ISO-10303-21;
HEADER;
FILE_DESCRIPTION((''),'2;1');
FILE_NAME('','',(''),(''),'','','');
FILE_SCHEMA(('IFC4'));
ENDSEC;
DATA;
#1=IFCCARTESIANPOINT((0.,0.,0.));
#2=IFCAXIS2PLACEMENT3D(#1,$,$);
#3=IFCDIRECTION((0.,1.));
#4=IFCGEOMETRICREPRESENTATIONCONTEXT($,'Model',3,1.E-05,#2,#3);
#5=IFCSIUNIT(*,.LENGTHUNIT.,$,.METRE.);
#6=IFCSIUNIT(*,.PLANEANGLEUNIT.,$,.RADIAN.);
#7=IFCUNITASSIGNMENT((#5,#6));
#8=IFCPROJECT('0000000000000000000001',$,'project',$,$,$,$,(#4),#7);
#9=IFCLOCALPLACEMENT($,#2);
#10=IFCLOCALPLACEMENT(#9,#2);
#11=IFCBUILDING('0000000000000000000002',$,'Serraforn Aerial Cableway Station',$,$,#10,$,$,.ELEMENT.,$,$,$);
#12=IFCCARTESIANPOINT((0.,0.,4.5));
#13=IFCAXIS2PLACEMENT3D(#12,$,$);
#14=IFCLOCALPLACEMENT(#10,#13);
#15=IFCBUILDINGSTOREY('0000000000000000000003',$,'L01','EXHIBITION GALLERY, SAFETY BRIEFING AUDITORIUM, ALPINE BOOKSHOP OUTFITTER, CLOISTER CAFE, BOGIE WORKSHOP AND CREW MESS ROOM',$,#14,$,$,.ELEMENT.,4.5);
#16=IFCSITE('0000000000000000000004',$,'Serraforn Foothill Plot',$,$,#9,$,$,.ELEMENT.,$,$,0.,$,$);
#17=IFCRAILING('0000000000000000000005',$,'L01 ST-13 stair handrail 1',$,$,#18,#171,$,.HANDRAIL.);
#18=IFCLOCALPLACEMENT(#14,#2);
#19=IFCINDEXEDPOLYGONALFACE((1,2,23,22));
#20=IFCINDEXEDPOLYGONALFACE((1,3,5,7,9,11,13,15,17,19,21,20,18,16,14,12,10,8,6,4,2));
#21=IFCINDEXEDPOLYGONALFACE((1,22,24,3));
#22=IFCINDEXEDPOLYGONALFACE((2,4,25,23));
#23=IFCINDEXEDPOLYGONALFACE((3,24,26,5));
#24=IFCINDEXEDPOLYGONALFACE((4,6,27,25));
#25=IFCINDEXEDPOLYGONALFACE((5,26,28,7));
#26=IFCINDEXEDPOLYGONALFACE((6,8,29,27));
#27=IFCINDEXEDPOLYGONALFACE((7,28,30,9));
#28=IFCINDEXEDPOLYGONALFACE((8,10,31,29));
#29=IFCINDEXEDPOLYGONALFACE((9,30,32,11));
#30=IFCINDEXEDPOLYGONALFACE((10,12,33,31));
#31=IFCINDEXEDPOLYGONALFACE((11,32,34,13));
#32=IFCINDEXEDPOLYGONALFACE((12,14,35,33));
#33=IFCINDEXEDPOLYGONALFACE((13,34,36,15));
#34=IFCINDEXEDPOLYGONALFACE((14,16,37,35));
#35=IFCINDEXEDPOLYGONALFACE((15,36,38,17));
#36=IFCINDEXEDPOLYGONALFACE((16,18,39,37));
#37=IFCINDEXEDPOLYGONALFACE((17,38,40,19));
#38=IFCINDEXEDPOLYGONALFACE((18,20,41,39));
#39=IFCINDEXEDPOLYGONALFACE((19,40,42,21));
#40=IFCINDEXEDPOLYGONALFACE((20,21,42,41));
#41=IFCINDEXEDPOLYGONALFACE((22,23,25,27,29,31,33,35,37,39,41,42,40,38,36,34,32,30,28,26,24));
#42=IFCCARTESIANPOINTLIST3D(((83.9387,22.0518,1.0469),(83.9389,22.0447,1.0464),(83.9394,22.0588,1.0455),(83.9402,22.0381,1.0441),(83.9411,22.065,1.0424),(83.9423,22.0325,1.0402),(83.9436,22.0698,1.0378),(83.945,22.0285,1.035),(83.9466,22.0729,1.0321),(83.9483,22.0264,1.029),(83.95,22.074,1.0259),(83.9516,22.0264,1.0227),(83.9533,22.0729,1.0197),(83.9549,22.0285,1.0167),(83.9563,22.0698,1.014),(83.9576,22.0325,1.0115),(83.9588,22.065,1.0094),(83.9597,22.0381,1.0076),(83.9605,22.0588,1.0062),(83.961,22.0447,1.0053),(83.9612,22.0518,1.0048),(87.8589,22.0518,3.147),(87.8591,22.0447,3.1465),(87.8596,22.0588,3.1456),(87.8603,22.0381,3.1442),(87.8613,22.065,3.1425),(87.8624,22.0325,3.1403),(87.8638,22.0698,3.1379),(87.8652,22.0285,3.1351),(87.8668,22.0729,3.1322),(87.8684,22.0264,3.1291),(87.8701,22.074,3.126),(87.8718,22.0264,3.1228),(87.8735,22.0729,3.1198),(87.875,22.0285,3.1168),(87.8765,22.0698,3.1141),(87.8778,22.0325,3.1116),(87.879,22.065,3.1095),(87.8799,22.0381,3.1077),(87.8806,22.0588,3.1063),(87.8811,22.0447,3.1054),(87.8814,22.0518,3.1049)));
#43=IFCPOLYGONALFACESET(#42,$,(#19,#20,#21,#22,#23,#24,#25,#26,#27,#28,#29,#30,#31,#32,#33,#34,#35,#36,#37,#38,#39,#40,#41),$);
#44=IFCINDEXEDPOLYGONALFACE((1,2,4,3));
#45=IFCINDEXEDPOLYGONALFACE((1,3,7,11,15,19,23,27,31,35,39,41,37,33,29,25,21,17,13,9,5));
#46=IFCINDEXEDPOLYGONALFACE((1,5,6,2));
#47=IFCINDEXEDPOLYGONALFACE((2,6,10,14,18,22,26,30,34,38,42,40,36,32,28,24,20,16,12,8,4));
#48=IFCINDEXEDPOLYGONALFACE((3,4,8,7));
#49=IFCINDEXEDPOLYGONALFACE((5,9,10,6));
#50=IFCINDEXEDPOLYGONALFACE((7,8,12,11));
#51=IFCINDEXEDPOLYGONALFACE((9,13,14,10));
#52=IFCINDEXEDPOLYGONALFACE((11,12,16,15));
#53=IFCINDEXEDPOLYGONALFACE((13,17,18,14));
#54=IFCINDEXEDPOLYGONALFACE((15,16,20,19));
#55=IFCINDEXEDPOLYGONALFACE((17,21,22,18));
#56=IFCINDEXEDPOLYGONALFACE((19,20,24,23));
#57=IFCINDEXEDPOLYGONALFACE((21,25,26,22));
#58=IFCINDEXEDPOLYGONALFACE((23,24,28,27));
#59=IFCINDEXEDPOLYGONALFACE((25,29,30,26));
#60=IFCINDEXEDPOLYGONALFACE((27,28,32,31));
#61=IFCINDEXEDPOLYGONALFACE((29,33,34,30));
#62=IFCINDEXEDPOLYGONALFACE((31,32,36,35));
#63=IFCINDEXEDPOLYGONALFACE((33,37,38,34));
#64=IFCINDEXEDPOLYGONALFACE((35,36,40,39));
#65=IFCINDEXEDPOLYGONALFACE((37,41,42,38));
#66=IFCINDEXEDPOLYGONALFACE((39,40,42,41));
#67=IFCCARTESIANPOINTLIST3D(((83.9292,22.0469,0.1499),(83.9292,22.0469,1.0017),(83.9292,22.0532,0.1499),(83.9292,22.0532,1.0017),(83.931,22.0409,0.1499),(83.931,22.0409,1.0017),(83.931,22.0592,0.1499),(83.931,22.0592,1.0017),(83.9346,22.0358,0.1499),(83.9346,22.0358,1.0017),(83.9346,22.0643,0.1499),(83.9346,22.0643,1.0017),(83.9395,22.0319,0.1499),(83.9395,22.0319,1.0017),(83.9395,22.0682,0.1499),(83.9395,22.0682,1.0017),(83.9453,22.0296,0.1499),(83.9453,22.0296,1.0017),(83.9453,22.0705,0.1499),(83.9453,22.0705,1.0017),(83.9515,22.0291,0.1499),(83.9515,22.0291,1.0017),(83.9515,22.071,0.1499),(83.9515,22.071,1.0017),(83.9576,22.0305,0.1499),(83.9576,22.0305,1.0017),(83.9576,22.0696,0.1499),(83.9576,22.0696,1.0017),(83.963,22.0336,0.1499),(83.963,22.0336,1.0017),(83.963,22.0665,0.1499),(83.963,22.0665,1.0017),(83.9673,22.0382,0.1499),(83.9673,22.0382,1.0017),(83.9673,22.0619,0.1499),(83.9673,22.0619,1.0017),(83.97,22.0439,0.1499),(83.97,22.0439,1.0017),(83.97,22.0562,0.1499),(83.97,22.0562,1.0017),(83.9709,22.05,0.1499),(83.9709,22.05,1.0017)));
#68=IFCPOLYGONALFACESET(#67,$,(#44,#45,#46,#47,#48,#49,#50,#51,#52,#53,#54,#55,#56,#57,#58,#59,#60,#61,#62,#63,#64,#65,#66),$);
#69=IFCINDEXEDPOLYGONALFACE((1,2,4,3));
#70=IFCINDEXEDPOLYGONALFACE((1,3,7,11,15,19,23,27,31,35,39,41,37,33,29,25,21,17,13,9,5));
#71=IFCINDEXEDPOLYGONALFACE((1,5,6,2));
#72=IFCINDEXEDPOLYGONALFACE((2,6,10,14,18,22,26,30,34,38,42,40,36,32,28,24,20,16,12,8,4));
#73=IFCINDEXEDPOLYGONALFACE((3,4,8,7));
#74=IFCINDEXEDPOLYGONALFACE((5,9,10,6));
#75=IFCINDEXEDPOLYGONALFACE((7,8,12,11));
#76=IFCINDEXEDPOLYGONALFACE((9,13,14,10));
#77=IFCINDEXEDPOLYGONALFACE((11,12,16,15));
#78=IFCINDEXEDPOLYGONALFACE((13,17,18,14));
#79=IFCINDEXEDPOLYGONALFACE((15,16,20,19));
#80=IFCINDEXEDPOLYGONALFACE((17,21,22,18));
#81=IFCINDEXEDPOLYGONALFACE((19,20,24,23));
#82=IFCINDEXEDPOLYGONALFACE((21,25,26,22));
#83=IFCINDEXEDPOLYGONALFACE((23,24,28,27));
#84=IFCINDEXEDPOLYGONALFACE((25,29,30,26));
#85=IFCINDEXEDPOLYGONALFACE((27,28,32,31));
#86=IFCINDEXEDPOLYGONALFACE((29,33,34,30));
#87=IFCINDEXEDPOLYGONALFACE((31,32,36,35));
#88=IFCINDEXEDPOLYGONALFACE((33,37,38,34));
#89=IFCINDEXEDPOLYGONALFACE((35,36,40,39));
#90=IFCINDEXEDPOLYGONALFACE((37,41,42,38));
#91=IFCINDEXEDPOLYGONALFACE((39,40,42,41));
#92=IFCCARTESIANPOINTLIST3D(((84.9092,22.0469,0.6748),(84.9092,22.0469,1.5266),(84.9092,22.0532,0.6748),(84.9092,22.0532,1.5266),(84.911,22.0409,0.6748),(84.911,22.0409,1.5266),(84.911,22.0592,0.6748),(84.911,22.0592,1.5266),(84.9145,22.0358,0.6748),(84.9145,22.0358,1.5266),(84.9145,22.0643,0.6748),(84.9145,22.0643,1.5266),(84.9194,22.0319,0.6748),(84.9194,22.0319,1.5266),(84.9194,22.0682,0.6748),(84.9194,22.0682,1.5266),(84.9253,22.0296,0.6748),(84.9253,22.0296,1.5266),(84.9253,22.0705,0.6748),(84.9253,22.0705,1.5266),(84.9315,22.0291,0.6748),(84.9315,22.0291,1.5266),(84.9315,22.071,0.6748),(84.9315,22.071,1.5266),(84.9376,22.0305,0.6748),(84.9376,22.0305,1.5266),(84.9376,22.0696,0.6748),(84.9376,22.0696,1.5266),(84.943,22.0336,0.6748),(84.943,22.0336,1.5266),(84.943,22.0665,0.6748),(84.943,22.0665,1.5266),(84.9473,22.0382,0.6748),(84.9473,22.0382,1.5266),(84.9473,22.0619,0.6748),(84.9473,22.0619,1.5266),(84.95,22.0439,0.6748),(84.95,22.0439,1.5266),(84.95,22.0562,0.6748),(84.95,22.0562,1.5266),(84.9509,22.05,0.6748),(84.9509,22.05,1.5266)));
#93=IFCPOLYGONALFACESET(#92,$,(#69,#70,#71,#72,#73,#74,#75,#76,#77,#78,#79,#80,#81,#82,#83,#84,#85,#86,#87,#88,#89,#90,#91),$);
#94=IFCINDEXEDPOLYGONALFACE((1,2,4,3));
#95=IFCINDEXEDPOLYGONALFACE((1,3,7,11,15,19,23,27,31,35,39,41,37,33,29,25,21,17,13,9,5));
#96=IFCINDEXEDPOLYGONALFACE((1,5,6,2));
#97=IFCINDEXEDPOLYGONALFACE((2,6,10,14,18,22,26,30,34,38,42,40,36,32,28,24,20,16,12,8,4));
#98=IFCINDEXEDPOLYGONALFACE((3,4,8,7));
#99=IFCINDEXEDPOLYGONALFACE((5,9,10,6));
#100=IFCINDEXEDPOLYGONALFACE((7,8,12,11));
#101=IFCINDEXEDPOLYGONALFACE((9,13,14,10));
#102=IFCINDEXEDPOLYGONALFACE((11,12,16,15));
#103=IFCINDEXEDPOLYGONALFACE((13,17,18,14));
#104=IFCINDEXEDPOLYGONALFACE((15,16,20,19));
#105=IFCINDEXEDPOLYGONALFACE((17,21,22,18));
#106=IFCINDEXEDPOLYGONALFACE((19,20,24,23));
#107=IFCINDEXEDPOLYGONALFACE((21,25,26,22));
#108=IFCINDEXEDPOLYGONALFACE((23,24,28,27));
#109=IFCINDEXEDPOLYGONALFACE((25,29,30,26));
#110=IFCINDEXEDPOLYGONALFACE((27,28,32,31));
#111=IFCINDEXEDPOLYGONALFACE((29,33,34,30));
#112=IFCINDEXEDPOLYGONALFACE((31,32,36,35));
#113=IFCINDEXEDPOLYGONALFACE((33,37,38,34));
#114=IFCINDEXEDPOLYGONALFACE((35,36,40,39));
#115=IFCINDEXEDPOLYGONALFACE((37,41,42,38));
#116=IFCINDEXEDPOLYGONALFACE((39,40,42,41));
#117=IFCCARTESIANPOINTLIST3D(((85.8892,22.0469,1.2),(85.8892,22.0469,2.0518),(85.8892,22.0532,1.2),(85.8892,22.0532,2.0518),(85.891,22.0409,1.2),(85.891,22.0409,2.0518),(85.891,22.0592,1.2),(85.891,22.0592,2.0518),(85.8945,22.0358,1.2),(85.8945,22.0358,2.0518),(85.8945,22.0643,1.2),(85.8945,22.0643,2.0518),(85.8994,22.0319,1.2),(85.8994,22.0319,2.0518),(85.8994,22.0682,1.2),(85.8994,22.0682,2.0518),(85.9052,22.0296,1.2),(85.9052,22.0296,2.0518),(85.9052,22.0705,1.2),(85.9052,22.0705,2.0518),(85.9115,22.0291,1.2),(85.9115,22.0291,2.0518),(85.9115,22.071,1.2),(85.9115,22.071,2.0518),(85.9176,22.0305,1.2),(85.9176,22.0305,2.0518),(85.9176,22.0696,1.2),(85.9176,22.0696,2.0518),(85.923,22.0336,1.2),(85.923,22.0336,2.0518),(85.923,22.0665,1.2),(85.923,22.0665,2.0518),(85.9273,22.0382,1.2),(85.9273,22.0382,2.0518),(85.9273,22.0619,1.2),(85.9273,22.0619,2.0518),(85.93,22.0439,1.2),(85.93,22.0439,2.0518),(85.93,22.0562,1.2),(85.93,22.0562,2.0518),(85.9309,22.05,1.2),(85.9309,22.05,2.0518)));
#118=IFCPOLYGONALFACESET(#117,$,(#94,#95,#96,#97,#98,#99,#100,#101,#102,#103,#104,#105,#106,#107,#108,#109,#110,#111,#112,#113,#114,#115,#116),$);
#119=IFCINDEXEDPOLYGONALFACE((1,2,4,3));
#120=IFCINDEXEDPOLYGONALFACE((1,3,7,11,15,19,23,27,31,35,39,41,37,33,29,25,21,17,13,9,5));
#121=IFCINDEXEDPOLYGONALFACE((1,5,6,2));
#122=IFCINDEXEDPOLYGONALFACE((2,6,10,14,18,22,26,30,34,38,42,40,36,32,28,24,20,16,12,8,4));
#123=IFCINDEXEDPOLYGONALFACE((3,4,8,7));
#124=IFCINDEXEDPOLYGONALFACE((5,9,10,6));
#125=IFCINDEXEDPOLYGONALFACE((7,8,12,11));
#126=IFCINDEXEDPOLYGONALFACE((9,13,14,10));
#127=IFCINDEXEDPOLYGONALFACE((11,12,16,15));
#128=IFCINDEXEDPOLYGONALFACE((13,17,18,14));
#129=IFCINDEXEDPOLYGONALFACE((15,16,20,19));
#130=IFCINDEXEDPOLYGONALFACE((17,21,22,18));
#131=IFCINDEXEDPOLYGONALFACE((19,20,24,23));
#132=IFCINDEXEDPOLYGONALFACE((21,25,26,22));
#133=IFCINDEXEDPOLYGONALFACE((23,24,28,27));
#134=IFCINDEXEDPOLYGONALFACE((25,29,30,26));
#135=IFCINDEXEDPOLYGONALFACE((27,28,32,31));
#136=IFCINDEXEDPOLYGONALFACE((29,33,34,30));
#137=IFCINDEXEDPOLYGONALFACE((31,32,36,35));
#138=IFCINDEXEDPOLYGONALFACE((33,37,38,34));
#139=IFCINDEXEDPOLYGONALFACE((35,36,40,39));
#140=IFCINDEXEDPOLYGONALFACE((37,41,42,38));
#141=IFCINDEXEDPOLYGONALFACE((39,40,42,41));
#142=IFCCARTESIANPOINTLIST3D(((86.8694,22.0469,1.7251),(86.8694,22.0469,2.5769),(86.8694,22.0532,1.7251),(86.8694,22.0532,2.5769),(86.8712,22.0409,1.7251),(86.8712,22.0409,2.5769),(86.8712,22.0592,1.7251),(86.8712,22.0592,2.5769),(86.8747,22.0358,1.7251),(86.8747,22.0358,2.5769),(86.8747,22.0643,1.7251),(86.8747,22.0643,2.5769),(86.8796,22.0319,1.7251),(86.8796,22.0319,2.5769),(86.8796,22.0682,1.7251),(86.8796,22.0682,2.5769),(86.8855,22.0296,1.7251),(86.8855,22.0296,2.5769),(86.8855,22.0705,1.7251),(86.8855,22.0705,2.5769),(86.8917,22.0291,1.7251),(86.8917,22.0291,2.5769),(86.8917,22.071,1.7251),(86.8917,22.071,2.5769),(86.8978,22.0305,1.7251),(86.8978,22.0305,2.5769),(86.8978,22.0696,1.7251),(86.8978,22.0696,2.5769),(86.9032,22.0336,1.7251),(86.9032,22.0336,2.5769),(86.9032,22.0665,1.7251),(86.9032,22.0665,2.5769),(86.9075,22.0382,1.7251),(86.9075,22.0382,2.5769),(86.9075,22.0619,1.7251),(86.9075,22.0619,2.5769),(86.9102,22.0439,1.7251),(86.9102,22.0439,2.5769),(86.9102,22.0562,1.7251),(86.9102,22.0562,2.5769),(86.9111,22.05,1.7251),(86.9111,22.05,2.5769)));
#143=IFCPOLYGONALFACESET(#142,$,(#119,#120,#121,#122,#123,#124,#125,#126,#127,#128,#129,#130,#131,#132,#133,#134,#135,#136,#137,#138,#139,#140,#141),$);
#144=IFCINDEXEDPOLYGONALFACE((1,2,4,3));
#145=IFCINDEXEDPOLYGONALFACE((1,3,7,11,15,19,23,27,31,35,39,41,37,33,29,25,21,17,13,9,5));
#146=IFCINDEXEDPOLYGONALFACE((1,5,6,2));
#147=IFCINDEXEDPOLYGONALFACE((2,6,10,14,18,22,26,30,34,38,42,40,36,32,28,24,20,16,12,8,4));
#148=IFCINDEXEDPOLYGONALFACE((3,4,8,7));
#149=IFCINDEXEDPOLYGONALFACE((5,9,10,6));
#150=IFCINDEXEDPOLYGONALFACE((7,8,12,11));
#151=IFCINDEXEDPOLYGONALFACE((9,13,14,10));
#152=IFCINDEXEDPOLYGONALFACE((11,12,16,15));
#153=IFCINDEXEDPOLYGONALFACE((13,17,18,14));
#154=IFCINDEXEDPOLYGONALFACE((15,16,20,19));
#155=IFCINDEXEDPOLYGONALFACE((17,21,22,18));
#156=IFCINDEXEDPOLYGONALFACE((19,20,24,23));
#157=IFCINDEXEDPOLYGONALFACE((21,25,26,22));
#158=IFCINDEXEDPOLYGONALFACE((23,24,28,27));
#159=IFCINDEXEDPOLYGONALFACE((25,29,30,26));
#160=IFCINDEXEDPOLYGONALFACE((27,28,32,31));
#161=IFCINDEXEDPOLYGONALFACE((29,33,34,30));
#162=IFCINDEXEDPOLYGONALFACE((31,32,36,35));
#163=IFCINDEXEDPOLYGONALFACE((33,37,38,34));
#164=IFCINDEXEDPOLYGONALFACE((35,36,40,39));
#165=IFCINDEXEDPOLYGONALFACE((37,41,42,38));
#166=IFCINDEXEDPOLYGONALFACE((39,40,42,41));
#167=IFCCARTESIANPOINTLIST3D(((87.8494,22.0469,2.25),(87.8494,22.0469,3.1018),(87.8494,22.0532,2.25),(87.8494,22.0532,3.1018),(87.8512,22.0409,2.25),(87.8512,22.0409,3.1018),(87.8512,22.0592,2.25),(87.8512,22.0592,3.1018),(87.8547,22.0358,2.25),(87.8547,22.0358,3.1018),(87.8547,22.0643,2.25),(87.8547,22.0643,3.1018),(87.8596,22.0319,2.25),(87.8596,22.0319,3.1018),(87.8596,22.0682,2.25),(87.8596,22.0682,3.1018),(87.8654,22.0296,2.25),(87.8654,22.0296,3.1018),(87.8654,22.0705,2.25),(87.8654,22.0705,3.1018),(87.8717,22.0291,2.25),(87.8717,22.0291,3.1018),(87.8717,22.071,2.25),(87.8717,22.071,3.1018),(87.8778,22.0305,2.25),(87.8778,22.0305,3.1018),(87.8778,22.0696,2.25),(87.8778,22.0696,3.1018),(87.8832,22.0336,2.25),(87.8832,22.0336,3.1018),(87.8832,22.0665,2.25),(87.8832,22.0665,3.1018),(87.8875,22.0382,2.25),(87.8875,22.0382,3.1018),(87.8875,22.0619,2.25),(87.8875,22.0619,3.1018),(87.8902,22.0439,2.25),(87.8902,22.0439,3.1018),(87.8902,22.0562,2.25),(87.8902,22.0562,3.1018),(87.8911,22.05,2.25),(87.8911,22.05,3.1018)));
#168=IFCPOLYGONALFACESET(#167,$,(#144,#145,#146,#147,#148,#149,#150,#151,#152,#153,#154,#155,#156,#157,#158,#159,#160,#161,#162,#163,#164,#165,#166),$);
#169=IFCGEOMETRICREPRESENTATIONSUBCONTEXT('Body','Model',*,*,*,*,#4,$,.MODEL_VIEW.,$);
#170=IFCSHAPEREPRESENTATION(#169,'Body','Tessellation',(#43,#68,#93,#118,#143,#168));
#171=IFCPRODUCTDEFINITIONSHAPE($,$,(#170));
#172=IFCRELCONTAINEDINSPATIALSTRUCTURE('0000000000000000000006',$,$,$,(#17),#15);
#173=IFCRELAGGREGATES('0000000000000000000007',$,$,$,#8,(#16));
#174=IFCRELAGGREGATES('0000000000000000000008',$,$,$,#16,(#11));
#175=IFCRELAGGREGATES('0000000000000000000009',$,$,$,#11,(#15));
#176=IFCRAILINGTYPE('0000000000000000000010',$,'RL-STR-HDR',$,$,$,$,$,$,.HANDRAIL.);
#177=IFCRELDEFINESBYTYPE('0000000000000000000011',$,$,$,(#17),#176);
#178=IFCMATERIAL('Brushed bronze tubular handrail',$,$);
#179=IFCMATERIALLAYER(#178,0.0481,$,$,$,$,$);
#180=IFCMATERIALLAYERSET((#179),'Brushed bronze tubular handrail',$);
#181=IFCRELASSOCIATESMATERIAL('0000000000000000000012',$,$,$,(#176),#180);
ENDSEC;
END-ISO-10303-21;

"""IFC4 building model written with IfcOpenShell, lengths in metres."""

from ifc_helpers import new_model, si_unit, direction, frame, origin, origin_2d, place, context, subcontext, project, spatial, circle, extrude, material, layer, layer_set, type_object, element, save


model = new_model("IFC4")

# Units and contexts
model_context = context("Model", 3, precision=1e-05, world=origin(), true_north=direction((0.0, 1.0)))
body_context = subcontext(model_context, "Body", "Model", "MODEL_VIEW")
ifc_project = project(units=[si_unit("LENGTHUNIT", "METRE"), si_unit("PLANEANGLEUNIT", "RADIAN")], contexts=[model_context])

# Site, building, storey
site_placement = place(None, origin())
site = spatial("IfcSite", under=ifc_project, at=site_placement, Name="Serraforn Foothill Plot", CompositionType="ELEMENT", RefElevation=0.0)
building_placement = place(site_placement, origin())
building = spatial("IfcBuilding", under=site, at=building_placement, Name="Serraforn Aerial Cableway Station", CompositionType="ELEMENT")
storey_placement = place(building_placement, frame((0.0, 0.0, 4.5)))
storey = spatial("IfcBuildingStorey", under=building, at=storey_placement, Name="L01", Description="EXHIBITION GALLERY, SAFETY BRIEFING AUDITORIUM, ALPINE BOOKSHOP OUTFITTER, CLOISTER CAFE, BOGIE WORKSHOP AND CREW MESS ROOM", CompositionType="ELEMENT", Elevation=4.5)

# Railing
ifc_material_1 = material(Name="Brushed bronze tubular handrail")
ifc_layer_1 = layer(ifc_material_1, 0.0481)
ifc_layer_set_1 = layer_set([ifc_layer_1], Name="Brushed bronze tubular handrail")
railing_type = type_object("IfcRailingType", Name="RL-STR-HDR", PredefinedType="HANDRAIL", material=ifc_layer_set_1)
railing_placement = place(storey_placement, frame((83.95, 22.05, 0.1499)))
element("IfcRailing", 1, at=railing_placement, inside=storey, type_object=railing_type, Name="L01 ST-13 stair handrail 1", PredefinedType="HANDRAIL", context=body_context, shape_type="SweptSolid", body=[
    extrude(circle(Radius=0.0239, at=origin_2d()), frame((0.0, 0.0, 0.876), z_axis=(0.881479, 0.0, 0.472223), x_axis=(0.0, 1.0, 0.0)), (0.0, 0.0, 1.0), 4.4473),
    extrude(circle(Radius=0.021, at=origin_2d()), origin(), (0.0, 0.0, 1.0), 0.8518),
    extrude(circle(Radius=0.021, at=origin_2d()), frame((0.98, 0.0, 0.5249)), (0.0, 0.0, 1.0), 0.8518),
    extrude(circle(Radius=0.021, at=origin_2d()), frame((1.96, 0.0, 1.05)), (0.0, 0.0, 1.0), 0.8518),
    extrude(circle(Radius=0.021, at=origin_2d()), frame((2.9402, 0.0, 1.5752)), (0.0, 0.0, 1.0), 0.8518),
    extrude(circle(Radius=0.021, at=origin_2d()), frame((3.9202, 0.0, 2.1001)), (0.0, 0.0, 1.0), 0.8518),
])

save(model, "model.ifc")
